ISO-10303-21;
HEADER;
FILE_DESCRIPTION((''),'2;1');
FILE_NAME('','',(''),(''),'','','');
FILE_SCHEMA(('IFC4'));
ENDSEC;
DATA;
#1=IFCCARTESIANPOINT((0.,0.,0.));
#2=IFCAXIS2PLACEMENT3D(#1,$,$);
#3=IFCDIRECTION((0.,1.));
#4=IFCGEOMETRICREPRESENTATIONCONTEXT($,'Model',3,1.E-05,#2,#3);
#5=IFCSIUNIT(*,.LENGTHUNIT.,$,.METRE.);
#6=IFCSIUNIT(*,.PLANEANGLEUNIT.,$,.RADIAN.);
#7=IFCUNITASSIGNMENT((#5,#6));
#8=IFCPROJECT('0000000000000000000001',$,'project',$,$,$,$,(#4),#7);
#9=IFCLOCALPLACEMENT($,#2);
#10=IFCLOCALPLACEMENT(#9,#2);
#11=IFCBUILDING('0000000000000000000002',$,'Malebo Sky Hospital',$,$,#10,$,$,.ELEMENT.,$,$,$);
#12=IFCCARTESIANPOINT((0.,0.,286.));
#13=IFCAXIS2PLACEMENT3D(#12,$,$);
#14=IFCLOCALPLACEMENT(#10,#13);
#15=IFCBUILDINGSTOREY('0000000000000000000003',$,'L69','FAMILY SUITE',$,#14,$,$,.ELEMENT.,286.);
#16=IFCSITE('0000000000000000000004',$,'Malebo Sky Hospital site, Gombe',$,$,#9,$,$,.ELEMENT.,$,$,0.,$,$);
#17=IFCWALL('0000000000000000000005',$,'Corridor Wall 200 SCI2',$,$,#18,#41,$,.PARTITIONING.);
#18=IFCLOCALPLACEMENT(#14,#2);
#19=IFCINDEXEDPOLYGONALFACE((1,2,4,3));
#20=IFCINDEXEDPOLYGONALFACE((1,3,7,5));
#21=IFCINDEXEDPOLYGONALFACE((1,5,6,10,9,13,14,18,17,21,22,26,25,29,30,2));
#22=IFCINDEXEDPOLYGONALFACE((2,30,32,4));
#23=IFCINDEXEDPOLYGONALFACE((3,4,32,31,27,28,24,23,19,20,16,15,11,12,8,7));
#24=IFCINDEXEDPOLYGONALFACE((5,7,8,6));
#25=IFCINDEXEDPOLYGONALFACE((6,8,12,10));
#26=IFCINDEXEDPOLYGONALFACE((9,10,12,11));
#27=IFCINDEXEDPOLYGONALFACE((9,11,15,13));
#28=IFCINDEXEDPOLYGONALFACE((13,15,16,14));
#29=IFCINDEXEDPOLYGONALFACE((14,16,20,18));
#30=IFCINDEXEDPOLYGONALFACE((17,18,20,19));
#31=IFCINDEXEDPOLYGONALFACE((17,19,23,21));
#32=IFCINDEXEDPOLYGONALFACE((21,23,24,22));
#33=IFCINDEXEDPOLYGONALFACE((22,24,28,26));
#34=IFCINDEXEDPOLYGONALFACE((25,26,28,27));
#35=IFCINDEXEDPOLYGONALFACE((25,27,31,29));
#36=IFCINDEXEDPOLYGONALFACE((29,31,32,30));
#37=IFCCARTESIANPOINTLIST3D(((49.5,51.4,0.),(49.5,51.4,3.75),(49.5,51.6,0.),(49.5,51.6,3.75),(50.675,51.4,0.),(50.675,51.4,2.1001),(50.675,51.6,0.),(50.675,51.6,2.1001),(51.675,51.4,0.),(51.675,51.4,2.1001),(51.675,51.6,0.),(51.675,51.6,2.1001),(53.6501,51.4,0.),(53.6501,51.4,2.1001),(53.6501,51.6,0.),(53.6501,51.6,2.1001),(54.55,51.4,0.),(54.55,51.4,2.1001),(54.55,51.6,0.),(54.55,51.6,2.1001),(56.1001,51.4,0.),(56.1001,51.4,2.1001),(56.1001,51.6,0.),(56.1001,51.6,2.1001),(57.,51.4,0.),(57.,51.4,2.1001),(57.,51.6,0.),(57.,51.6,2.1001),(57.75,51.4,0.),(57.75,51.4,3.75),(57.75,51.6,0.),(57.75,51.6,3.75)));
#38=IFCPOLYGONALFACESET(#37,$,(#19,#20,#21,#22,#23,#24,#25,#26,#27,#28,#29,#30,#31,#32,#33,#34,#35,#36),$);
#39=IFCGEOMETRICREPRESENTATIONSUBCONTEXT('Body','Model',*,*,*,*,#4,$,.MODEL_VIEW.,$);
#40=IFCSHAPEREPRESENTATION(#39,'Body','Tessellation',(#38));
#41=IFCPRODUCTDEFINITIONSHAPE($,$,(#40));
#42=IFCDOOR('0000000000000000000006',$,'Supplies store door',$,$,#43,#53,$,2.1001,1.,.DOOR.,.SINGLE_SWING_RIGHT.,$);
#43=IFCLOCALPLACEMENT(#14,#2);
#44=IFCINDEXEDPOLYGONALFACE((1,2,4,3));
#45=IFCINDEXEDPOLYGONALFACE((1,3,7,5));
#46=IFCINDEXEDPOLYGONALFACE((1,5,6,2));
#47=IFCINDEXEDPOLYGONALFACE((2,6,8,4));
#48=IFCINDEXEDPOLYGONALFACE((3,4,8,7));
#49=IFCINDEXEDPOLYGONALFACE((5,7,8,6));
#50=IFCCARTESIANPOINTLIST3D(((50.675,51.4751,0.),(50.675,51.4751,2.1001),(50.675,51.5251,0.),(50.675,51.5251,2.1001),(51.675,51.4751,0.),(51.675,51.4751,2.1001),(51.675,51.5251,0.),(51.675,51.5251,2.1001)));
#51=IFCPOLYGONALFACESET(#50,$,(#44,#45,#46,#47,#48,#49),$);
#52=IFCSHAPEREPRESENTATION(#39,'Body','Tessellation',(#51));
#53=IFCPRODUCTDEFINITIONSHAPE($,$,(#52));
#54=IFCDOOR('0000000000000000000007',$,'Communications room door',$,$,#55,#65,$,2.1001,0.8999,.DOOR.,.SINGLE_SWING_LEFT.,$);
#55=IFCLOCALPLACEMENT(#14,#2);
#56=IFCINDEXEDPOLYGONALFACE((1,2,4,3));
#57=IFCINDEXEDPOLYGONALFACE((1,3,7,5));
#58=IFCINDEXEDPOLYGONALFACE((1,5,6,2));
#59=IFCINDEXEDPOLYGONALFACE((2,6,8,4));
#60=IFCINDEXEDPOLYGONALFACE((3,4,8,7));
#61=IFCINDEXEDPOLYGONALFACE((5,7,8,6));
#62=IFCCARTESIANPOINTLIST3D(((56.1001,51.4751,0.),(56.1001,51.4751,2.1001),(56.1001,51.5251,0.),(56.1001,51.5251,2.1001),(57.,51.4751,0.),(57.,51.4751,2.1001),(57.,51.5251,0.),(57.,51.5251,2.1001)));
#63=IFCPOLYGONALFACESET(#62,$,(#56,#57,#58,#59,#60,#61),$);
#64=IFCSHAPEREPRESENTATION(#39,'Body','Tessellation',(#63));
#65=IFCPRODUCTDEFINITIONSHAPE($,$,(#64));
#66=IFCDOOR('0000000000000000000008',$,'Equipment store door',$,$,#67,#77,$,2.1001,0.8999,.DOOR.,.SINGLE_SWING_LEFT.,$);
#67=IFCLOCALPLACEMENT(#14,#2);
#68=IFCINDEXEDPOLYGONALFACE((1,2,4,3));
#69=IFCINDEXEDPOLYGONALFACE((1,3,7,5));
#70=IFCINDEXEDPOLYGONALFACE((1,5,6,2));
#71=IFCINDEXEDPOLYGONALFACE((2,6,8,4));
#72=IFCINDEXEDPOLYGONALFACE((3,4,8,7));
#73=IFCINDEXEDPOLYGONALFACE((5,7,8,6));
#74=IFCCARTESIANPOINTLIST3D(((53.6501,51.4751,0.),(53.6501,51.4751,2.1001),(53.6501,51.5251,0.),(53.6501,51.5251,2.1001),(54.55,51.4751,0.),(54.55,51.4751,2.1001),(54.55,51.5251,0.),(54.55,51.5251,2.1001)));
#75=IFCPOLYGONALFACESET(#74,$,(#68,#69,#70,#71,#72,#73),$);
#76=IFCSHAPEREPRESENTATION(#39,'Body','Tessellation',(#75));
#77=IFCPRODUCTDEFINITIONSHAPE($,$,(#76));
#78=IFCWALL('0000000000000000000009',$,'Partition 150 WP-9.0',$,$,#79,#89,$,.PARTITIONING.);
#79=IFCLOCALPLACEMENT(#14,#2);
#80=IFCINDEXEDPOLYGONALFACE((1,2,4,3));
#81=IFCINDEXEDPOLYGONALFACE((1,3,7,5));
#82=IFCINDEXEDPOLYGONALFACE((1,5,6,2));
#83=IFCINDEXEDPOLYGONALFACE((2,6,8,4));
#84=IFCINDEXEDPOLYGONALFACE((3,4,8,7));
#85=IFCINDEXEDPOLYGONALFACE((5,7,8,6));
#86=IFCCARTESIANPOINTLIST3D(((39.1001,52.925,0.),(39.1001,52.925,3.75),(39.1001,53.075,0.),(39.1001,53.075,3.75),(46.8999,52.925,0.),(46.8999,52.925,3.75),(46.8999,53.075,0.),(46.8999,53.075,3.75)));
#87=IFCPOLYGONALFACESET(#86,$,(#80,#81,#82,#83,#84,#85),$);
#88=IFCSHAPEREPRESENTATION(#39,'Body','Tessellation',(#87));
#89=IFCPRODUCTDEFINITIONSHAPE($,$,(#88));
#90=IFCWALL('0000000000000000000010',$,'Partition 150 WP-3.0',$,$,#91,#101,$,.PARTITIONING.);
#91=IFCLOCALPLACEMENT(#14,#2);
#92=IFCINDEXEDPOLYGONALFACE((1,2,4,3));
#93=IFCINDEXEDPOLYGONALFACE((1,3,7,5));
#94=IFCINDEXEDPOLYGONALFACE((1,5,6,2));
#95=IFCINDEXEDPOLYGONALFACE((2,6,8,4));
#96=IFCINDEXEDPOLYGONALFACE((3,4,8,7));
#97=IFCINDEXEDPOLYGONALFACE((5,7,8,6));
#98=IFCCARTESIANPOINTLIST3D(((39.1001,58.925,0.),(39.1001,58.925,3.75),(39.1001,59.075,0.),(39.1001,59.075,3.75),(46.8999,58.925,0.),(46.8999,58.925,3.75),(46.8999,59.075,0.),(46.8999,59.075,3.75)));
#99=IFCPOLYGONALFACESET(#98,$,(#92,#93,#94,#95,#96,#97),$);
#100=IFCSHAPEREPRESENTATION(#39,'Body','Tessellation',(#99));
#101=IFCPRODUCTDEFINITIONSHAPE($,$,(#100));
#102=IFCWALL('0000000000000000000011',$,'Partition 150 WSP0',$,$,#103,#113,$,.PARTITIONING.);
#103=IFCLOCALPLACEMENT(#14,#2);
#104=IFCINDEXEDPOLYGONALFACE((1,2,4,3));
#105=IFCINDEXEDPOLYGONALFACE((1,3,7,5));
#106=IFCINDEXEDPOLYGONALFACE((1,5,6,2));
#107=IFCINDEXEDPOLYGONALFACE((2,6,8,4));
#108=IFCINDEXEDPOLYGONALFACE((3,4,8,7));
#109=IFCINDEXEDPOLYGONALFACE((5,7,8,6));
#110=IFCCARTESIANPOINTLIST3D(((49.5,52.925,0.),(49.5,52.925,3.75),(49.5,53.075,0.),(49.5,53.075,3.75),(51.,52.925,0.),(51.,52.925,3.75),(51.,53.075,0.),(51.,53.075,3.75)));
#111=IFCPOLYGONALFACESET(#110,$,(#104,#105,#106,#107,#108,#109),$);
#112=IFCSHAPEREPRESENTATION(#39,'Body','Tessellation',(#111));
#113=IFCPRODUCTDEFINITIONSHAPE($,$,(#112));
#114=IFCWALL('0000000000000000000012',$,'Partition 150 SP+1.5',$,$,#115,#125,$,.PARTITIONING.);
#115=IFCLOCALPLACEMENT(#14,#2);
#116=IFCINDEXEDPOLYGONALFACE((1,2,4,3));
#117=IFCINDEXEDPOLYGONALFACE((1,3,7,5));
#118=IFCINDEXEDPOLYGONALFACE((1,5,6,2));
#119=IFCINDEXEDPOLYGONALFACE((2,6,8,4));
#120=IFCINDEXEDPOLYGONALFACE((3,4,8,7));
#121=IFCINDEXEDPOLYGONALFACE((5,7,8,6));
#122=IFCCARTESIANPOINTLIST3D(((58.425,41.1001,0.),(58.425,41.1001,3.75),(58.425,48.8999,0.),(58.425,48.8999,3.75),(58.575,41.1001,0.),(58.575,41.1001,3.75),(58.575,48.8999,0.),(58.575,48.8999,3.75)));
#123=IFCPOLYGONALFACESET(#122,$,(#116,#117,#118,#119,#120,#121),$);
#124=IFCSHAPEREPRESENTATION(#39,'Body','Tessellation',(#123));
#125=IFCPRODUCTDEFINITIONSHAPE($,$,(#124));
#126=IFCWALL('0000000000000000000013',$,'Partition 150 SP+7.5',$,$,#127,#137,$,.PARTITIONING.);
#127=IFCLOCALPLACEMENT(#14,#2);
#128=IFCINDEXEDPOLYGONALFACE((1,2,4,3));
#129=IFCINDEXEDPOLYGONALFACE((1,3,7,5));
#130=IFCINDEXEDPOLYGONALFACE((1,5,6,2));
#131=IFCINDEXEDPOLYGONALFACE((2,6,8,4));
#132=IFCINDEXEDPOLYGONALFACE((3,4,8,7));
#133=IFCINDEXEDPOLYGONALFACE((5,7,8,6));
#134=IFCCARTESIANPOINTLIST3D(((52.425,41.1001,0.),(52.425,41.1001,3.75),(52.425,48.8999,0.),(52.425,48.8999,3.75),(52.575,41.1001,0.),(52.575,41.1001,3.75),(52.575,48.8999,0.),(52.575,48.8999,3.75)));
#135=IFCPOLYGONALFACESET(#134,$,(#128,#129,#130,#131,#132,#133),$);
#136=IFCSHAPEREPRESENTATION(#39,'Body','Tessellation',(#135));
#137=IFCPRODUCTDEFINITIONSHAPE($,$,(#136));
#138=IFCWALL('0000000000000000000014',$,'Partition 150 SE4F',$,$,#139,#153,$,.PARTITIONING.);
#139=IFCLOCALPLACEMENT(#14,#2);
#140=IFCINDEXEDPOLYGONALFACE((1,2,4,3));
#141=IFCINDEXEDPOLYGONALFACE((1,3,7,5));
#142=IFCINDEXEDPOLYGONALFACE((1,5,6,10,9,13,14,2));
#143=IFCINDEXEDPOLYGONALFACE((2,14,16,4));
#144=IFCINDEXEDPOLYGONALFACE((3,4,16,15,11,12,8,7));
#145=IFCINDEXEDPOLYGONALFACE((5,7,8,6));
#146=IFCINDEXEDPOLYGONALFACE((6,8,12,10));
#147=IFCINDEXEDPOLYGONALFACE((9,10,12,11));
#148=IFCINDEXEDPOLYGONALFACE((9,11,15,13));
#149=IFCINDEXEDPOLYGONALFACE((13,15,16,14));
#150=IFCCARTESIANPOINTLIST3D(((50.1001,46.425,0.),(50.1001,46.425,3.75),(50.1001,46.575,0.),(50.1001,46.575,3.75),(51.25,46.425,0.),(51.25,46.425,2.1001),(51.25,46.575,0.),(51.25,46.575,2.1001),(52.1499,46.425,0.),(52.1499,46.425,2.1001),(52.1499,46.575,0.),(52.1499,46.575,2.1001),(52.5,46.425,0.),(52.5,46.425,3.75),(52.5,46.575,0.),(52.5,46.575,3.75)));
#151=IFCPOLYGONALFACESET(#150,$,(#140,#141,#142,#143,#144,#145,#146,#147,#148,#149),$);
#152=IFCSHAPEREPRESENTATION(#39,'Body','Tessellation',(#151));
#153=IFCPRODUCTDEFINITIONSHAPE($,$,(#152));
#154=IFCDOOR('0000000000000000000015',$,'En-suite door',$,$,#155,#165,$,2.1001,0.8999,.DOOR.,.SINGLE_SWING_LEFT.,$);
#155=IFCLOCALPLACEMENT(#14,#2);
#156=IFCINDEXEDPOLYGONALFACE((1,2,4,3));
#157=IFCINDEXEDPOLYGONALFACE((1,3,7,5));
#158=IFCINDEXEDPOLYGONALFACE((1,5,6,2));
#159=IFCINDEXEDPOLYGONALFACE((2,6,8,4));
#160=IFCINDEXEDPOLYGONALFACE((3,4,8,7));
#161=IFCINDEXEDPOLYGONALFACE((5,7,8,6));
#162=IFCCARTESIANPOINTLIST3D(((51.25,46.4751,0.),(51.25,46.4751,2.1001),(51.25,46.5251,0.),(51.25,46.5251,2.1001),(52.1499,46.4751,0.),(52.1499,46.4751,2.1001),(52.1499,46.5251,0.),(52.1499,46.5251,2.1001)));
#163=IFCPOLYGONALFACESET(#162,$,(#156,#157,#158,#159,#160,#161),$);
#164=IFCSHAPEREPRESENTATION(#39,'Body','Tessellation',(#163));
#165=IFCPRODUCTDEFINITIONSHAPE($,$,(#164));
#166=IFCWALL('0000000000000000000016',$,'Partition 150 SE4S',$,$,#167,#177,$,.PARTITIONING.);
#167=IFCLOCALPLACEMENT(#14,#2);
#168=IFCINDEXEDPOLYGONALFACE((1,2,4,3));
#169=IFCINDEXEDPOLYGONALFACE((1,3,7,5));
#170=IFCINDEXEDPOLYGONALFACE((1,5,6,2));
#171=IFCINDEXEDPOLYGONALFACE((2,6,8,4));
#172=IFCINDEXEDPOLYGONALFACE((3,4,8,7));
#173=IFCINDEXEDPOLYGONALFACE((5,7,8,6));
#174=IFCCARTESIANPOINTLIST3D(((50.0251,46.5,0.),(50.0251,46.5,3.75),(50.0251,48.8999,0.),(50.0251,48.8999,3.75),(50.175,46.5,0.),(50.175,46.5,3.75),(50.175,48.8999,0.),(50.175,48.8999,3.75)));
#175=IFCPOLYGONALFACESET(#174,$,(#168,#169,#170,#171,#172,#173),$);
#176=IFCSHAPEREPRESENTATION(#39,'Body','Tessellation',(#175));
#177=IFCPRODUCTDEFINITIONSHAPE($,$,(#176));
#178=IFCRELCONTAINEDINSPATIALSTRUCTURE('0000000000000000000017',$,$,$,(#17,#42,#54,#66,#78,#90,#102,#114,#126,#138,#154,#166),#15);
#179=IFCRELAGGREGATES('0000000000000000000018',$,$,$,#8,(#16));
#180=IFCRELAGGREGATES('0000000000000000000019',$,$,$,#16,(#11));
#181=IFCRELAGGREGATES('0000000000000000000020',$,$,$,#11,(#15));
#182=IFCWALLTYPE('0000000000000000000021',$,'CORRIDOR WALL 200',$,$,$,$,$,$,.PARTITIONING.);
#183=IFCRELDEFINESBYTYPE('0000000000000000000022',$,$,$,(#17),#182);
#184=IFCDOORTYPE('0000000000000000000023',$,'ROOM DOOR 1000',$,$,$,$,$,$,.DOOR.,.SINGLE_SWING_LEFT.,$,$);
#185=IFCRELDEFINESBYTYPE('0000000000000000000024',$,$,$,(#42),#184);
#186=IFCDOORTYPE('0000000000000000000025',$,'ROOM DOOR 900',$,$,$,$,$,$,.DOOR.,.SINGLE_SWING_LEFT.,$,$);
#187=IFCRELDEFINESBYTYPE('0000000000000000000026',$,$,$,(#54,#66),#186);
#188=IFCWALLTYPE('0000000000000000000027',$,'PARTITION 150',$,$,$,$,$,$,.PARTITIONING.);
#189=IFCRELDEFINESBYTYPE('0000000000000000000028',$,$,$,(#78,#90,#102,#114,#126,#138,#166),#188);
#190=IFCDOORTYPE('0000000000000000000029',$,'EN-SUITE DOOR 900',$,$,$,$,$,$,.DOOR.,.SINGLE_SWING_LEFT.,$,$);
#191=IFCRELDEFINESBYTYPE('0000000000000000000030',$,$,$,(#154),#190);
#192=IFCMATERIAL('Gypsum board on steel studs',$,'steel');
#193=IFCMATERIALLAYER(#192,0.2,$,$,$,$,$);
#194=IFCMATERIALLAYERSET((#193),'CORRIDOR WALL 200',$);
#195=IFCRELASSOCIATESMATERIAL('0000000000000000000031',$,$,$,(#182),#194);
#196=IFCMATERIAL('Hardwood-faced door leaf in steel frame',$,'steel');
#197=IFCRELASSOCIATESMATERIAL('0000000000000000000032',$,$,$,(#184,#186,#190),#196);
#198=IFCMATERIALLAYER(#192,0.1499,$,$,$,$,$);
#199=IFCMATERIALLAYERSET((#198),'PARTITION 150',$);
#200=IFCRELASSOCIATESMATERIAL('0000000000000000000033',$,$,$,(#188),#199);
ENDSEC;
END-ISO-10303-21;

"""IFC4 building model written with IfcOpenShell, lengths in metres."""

from ifc_helpers import new_model, si_unit, direction, frame, frame_2d, origin, place, context, subcontext, project, spatial, rectangle, extrude, material, layer, layer_set, type_object, element, fill, save


model = new_model("IFC4")

# Units and contexts
model_context = context("Model", 3, precision=1e-05, world=origin(), true_north=direction((0.0, 1.0)))
body_context = subcontext(model_context, "Body", "Model", "MODEL_VIEW")
ifc_project = project(units=[si_unit("LENGTHUNIT", "METRE"), si_unit("PLANEANGLEUNIT", "RADIAN")], contexts=[model_context])

# Site, building, storey
site_placement = place(None, origin())
site = spatial("IfcSite", under=ifc_project, at=site_placement, Name="Malebo Sky Hospital site, Gombe", CompositionType="ELEMENT", RefElevation=0.0)
building_placement = place(site_placement, origin())
building = spatial("IfcBuilding", under=site, at=building_placement, Name="Malebo Sky Hospital", CompositionType="ELEMENT")
storey_placement = place(building_placement, frame((0.0, 0.0, 286.0)))
storey = spatial("IfcBuildingStorey", under=building, at=storey_placement, Name="L69", Description="FAMILY SUITE", CompositionType="ELEMENT", Elevation=286.0)

# Shared definitions
ifc_material_1 = material(Name="Gypsum board on steel studs", Category="steel")
ifc_layer_1 = layer(ifc_material_1, 0.2)
ifc_layer_set_1 = layer_set([ifc_layer_1], Name="CORRIDOR WALL 200")
wall_type_1 = type_object("IfcWallType", Name="CORRIDOR WALL 200", PredefinedType="PARTITIONING", material=ifc_layer_set_1)

# Wall, openings, doors
wall_1_placement = place(storey_placement, frame((57.75, 51.5, 0.0), z_axis=(0.0, 0.0, 1.0), x_axis=(-1.0, 0.0, 0.0)))
wall_1 = element("IfcWall", 1, at=wall_1_placement, inside=storey, type_object=wall_type_1, Name="Corridor Wall 200 SCI2", PredefinedType="PARTITIONING", context=body_context, shape_type="SweptSolid", body=[
    extrude(rectangle(XDim=8.25, YDim=0.2, at=frame_2d((4.125, 0.0))), origin(), (0.0, 0.0, 1.0), 3.75),
])
opening_1_placement = place(wall_1_placement, frame((0.75, 0.0, 0.0)))
opening_1 = element("IfcOpeningElement", 2, at=opening_1_placement, cuts=wall_1, PredefinedType="OPENING", context=body_context, shape_type="SweptSolid", body=[
    extrude(rectangle(XDim=0.8999, YDim=2.1001, at=frame_2d((0.45, 1.05))), frame((0.0, 0.1099, 0.0), z_axis=(0.0, -1.0, 0.0), x_axis=(1.0, 0.0, 0.0)), (0.0, 0.0, 1.0), 0.22),
])
opening_2_placement = place(wall_1_placement, frame((3.2, 0.0, 0.0)))
opening_2 = element("IfcOpeningElement", 3, at=opening_2_placement, cuts=wall_1, PredefinedType="OPENING", context=body_context, shape_type="SweptSolid", body=[
    extrude(rectangle(XDim=0.8999, YDim=2.1001, at=frame_2d((0.45, 1.05))), frame((0.0, 0.1099, 0.0), z_axis=(0.0, -1.0, 0.0), x_axis=(1.0, 0.0, 0.0)), (0.0, 0.0, 1.0), 0.22),
])
opening_3_placement = place(wall_1_placement, frame((6.075, 0.0, 0.0)))
opening_3 = element("IfcOpeningElement", 4, at=opening_3_placement, cuts=wall_1, PredefinedType="OPENING", context=body_context, shape_type="SweptSolid", body=[
    extrude(rectangle(XDim=1.0, YDim=2.1001, at=frame_2d((0.5, 1.05))), frame((0.0, 0.1099, 0.0), z_axis=(0.0, -1.0, 0.0), x_axis=(1.0, 0.0, 0.0)), (0.0, 0.0, 1.0), 0.22),
])
ifc_material_2 = material(Name="Hardwood-faced door leaf in steel frame", Category="steel")
door_type_1 = type_object("IfcDoorType", Name="ROOM DOOR 1000", OperationType="SINGLE_SWING_LEFT", PredefinedType="DOOR", material=ifc_material_2)
door_1_placement = place(opening_3_placement, origin())
door_1 = element("IfcDoor", 5, at=door_1_placement, inside=storey, type_object=door_type_1, Name="Supplies store door", OperationType="SINGLE_SWING_RIGHT", OverallHeight=2.1001, OverallWidth=1.0, PredefinedType="DOOR", context=body_context, shape_type="SweptSolid", body=[
    extrude(rectangle(XDim=1.0, YDim=2.1001, at=frame_2d((0.5, 1.05))), frame((0.0, 0.0249, 0.0), z_axis=(0.0, -1.0, 0.0), x_axis=(1.0, 0.0, 0.0)), (0.0, 0.0, 1.0), 0.05),
])
fill(opening_3, door_1)
door_type_2 = type_object("IfcDoorType", Name="ROOM DOOR 900", OperationType="SINGLE_SWING_LEFT", PredefinedType="DOOR", material=ifc_material_2)
door_2_placement = place(opening_1_placement, origin())
door_2 = element("IfcDoor", 6, at=door_2_placement, inside=storey, type_object=door_type_2, Name="Communications room door", OperationType="SINGLE_SWING_LEFT", OverallHeight=2.1001, OverallWidth=0.8999, PredefinedType="DOOR", context=body_context, shape_type="SweptSolid", body=[
    extrude(rectangle(XDim=0.8999, YDim=2.1001, at=frame_2d((0.45, 1.05))), frame((0.0, 0.0249, 0.0), z_axis=(0.0, -1.0, 0.0), x_axis=(1.0, 0.0, 0.0)), (0.0, 0.0, 1.0), 0.05),
])
fill(opening_1, door_2)
door_3_placement = place(opening_2_placement, origin())
door_3 = element("IfcDoor", 7, at=door_3_placement, inside=storey, type_object=door_type_2, Name="Equipment store door", OperationType="SINGLE_SWING_LEFT", OverallHeight=2.1001, OverallWidth=0.8999, PredefinedType="DOOR", context=body_context, shape_type="SweptSolid", body=[
    extrude(rectangle(XDim=0.8999, YDim=2.1001, at=frame_2d((0.45, 1.05))), frame((0.0, 0.0249, 0.0), z_axis=(0.0, -1.0, 0.0), x_axis=(1.0, 0.0, 0.0)), (0.0, 0.0, 1.0), 0.05),
])
fill(opening_2, door_3)

# Walls
ifc_layer_2 = layer(ifc_material_1, 0.1499)
ifc_layer_set_2 = layer_set([ifc_layer_2], Name="PARTITION 150")
wall_type_2 = type_object("IfcWallType", Name="PARTITION 150", PredefinedType="PARTITIONING", material=ifc_layer_set_2)
for number, where, z_axis, x_axis, name in (
    (8, (46.8999, 53.0, 0.0), (0.0, 0.0, 1.0), (-1.0, 0.0, 0.0), "Partition 150 WP-9.0"),
    (9, (46.8999, 59.0, 0.0), (0.0, 0.0, 1.0), (-1.0, 0.0, 0.0), "Partition 150 WP-3.0"),
):
    element("IfcWall", number, at=place(storey_placement, frame(where, z_axis=z_axis, x_axis=x_axis)), inside=storey, type_object=wall_type_2, Name=name, PredefinedType="PARTITIONING", context=body_context, shape_type="SweptSolid", body=[
        extrude(rectangle(XDim=7.7998, YDim=0.1499, at=frame_2d((3.8999, 0.0))), origin(), (0.0, 0.0, 1.0), 3.75),
    ])
wall_2_placement = place(storey_placement, frame((51.0, 53.0, 0.0), z_axis=(0.0, 0.0, 1.0), x_axis=(-1.0, 0.0, 0.0)))
element("IfcWall", 10, at=wall_2_placement, inside=storey, type_object=wall_type_2, Name="Partition 150 WSP0", PredefinedType="PARTITIONING", context=body_context, shape_type="SweptSolid", body=[
    extrude(rectangle(XDim=1.5, YDim=0.1499, at=frame_2d((0.75, 0.0))), origin(), (0.0, 0.0, 1.0), 3.75),
])
for number, where, z_axis, x_axis, name in (
    (11, (58.5, 48.8999, 0.0), (0.0, 0.0, 1.0), (0.0, -1.0, 0.0), "Partition 150 SP+1.5"),
    (12, (52.5, 48.8999, 0.0), (0.0, 0.0, 1.0), (0.0, -1.0, 0.0), "Partition 150 SP+7.5"),
):
    element("IfcWall", number, at=place(storey_placement, frame(where, z_axis=z_axis, x_axis=x_axis)), inside=storey, type_object=wall_type_2, Name=name, PredefinedType="PARTITIONING", context=body_context, shape_type="SweptSolid", body=[
        extrude(rectangle(XDim=7.7998, YDim=0.1499, at=frame_2d((3.8999, 0.0))), origin(), (0.0, 0.0, 1.0), 3.75),
    ])

# Wall, opening, door
wall_3_placement = place(storey_placement, frame((52.5, 46.5, 0.0), z_axis=(0.0, 0.0, 1.0), x_axis=(-1.0, 0.0, 0.0)))
wall_3 = element("IfcWall", 13, at=wall_3_placement, inside=storey, type_object=wall_type_2, Name="Partition 150 SE4F", PredefinedType="PARTITIONING", context=body_context, shape_type="SweptSolid", body=[
    extrude(rectangle(XDim=2.3999, YDim=0.1499, at=frame_2d((1.2, 0.0))), origin(), (0.0, 0.0, 1.0), 3.75),
])
opening_4_placement = place(wall_3_placement, frame((0.3501, 0.0, 0.0)))
opening_4 = element("IfcOpeningElement", 14, at=opening_4_placement, cuts=wall_3, PredefinedType="OPENING", context=body_context, shape_type="SweptSolid", body=[
    extrude(rectangle(XDim=0.8999, YDim=2.1001, at=frame_2d((0.45, 1.05))), frame((0.0, 0.085, 0.0), z_axis=(0.0, -1.0, 0.0), x_axis=(1.0, 0.0, 0.0)), (0.0, 0.0, 1.0), 0.1699),
])
door_type_3 = type_object("IfcDoorType", Name="EN-SUITE DOOR 900", OperationType="SINGLE_SWING_LEFT", PredefinedType="DOOR", material=ifc_material_2)
door_4_placement = place(opening_4_placement, origin())
door_4 = element("IfcDoor", 15, at=door_4_placement, inside=storey, type_object=door_type_3, Name="En-suite door", OperationType="SINGLE_SWING_LEFT", OverallHeight=2.1001, OverallWidth=0.8999, PredefinedType="DOOR", context=body_context, shape_type="SweptSolid", body=[
    extrude(rectangle(XDim=0.8999, YDim=2.1001, at=frame_2d((0.45, 1.05))), frame((0.0, 0.0249, 0.0), z_axis=(0.0, -1.0, 0.0), x_axis=(1.0, 0.0, 0.0)), (0.0, 0.0, 1.0), 0.05),
])
fill(opening_4, door_4)

# Wall
wall_4_placement = place(storey_placement, frame((50.1001, 48.8999, 0.0), z_axis=(0.0, 0.0, 1.0), x_axis=(0.0, -1.0, 0.0)))
element("IfcWall", 16, at=wall_4_placement, inside=storey, type_object=wall_type_2, Name="Partition 150 SE4S", PredefinedType="PARTITIONING", context=body_context, shape_type="SweptSolid", body=[
    extrude(rectangle(XDim=2.3999, YDim=0.1499, at=frame_2d((1.2, 0.0))), origin(), (0.0, 0.0, 1.0), 3.75),
])

save(model, "model.ifc")
